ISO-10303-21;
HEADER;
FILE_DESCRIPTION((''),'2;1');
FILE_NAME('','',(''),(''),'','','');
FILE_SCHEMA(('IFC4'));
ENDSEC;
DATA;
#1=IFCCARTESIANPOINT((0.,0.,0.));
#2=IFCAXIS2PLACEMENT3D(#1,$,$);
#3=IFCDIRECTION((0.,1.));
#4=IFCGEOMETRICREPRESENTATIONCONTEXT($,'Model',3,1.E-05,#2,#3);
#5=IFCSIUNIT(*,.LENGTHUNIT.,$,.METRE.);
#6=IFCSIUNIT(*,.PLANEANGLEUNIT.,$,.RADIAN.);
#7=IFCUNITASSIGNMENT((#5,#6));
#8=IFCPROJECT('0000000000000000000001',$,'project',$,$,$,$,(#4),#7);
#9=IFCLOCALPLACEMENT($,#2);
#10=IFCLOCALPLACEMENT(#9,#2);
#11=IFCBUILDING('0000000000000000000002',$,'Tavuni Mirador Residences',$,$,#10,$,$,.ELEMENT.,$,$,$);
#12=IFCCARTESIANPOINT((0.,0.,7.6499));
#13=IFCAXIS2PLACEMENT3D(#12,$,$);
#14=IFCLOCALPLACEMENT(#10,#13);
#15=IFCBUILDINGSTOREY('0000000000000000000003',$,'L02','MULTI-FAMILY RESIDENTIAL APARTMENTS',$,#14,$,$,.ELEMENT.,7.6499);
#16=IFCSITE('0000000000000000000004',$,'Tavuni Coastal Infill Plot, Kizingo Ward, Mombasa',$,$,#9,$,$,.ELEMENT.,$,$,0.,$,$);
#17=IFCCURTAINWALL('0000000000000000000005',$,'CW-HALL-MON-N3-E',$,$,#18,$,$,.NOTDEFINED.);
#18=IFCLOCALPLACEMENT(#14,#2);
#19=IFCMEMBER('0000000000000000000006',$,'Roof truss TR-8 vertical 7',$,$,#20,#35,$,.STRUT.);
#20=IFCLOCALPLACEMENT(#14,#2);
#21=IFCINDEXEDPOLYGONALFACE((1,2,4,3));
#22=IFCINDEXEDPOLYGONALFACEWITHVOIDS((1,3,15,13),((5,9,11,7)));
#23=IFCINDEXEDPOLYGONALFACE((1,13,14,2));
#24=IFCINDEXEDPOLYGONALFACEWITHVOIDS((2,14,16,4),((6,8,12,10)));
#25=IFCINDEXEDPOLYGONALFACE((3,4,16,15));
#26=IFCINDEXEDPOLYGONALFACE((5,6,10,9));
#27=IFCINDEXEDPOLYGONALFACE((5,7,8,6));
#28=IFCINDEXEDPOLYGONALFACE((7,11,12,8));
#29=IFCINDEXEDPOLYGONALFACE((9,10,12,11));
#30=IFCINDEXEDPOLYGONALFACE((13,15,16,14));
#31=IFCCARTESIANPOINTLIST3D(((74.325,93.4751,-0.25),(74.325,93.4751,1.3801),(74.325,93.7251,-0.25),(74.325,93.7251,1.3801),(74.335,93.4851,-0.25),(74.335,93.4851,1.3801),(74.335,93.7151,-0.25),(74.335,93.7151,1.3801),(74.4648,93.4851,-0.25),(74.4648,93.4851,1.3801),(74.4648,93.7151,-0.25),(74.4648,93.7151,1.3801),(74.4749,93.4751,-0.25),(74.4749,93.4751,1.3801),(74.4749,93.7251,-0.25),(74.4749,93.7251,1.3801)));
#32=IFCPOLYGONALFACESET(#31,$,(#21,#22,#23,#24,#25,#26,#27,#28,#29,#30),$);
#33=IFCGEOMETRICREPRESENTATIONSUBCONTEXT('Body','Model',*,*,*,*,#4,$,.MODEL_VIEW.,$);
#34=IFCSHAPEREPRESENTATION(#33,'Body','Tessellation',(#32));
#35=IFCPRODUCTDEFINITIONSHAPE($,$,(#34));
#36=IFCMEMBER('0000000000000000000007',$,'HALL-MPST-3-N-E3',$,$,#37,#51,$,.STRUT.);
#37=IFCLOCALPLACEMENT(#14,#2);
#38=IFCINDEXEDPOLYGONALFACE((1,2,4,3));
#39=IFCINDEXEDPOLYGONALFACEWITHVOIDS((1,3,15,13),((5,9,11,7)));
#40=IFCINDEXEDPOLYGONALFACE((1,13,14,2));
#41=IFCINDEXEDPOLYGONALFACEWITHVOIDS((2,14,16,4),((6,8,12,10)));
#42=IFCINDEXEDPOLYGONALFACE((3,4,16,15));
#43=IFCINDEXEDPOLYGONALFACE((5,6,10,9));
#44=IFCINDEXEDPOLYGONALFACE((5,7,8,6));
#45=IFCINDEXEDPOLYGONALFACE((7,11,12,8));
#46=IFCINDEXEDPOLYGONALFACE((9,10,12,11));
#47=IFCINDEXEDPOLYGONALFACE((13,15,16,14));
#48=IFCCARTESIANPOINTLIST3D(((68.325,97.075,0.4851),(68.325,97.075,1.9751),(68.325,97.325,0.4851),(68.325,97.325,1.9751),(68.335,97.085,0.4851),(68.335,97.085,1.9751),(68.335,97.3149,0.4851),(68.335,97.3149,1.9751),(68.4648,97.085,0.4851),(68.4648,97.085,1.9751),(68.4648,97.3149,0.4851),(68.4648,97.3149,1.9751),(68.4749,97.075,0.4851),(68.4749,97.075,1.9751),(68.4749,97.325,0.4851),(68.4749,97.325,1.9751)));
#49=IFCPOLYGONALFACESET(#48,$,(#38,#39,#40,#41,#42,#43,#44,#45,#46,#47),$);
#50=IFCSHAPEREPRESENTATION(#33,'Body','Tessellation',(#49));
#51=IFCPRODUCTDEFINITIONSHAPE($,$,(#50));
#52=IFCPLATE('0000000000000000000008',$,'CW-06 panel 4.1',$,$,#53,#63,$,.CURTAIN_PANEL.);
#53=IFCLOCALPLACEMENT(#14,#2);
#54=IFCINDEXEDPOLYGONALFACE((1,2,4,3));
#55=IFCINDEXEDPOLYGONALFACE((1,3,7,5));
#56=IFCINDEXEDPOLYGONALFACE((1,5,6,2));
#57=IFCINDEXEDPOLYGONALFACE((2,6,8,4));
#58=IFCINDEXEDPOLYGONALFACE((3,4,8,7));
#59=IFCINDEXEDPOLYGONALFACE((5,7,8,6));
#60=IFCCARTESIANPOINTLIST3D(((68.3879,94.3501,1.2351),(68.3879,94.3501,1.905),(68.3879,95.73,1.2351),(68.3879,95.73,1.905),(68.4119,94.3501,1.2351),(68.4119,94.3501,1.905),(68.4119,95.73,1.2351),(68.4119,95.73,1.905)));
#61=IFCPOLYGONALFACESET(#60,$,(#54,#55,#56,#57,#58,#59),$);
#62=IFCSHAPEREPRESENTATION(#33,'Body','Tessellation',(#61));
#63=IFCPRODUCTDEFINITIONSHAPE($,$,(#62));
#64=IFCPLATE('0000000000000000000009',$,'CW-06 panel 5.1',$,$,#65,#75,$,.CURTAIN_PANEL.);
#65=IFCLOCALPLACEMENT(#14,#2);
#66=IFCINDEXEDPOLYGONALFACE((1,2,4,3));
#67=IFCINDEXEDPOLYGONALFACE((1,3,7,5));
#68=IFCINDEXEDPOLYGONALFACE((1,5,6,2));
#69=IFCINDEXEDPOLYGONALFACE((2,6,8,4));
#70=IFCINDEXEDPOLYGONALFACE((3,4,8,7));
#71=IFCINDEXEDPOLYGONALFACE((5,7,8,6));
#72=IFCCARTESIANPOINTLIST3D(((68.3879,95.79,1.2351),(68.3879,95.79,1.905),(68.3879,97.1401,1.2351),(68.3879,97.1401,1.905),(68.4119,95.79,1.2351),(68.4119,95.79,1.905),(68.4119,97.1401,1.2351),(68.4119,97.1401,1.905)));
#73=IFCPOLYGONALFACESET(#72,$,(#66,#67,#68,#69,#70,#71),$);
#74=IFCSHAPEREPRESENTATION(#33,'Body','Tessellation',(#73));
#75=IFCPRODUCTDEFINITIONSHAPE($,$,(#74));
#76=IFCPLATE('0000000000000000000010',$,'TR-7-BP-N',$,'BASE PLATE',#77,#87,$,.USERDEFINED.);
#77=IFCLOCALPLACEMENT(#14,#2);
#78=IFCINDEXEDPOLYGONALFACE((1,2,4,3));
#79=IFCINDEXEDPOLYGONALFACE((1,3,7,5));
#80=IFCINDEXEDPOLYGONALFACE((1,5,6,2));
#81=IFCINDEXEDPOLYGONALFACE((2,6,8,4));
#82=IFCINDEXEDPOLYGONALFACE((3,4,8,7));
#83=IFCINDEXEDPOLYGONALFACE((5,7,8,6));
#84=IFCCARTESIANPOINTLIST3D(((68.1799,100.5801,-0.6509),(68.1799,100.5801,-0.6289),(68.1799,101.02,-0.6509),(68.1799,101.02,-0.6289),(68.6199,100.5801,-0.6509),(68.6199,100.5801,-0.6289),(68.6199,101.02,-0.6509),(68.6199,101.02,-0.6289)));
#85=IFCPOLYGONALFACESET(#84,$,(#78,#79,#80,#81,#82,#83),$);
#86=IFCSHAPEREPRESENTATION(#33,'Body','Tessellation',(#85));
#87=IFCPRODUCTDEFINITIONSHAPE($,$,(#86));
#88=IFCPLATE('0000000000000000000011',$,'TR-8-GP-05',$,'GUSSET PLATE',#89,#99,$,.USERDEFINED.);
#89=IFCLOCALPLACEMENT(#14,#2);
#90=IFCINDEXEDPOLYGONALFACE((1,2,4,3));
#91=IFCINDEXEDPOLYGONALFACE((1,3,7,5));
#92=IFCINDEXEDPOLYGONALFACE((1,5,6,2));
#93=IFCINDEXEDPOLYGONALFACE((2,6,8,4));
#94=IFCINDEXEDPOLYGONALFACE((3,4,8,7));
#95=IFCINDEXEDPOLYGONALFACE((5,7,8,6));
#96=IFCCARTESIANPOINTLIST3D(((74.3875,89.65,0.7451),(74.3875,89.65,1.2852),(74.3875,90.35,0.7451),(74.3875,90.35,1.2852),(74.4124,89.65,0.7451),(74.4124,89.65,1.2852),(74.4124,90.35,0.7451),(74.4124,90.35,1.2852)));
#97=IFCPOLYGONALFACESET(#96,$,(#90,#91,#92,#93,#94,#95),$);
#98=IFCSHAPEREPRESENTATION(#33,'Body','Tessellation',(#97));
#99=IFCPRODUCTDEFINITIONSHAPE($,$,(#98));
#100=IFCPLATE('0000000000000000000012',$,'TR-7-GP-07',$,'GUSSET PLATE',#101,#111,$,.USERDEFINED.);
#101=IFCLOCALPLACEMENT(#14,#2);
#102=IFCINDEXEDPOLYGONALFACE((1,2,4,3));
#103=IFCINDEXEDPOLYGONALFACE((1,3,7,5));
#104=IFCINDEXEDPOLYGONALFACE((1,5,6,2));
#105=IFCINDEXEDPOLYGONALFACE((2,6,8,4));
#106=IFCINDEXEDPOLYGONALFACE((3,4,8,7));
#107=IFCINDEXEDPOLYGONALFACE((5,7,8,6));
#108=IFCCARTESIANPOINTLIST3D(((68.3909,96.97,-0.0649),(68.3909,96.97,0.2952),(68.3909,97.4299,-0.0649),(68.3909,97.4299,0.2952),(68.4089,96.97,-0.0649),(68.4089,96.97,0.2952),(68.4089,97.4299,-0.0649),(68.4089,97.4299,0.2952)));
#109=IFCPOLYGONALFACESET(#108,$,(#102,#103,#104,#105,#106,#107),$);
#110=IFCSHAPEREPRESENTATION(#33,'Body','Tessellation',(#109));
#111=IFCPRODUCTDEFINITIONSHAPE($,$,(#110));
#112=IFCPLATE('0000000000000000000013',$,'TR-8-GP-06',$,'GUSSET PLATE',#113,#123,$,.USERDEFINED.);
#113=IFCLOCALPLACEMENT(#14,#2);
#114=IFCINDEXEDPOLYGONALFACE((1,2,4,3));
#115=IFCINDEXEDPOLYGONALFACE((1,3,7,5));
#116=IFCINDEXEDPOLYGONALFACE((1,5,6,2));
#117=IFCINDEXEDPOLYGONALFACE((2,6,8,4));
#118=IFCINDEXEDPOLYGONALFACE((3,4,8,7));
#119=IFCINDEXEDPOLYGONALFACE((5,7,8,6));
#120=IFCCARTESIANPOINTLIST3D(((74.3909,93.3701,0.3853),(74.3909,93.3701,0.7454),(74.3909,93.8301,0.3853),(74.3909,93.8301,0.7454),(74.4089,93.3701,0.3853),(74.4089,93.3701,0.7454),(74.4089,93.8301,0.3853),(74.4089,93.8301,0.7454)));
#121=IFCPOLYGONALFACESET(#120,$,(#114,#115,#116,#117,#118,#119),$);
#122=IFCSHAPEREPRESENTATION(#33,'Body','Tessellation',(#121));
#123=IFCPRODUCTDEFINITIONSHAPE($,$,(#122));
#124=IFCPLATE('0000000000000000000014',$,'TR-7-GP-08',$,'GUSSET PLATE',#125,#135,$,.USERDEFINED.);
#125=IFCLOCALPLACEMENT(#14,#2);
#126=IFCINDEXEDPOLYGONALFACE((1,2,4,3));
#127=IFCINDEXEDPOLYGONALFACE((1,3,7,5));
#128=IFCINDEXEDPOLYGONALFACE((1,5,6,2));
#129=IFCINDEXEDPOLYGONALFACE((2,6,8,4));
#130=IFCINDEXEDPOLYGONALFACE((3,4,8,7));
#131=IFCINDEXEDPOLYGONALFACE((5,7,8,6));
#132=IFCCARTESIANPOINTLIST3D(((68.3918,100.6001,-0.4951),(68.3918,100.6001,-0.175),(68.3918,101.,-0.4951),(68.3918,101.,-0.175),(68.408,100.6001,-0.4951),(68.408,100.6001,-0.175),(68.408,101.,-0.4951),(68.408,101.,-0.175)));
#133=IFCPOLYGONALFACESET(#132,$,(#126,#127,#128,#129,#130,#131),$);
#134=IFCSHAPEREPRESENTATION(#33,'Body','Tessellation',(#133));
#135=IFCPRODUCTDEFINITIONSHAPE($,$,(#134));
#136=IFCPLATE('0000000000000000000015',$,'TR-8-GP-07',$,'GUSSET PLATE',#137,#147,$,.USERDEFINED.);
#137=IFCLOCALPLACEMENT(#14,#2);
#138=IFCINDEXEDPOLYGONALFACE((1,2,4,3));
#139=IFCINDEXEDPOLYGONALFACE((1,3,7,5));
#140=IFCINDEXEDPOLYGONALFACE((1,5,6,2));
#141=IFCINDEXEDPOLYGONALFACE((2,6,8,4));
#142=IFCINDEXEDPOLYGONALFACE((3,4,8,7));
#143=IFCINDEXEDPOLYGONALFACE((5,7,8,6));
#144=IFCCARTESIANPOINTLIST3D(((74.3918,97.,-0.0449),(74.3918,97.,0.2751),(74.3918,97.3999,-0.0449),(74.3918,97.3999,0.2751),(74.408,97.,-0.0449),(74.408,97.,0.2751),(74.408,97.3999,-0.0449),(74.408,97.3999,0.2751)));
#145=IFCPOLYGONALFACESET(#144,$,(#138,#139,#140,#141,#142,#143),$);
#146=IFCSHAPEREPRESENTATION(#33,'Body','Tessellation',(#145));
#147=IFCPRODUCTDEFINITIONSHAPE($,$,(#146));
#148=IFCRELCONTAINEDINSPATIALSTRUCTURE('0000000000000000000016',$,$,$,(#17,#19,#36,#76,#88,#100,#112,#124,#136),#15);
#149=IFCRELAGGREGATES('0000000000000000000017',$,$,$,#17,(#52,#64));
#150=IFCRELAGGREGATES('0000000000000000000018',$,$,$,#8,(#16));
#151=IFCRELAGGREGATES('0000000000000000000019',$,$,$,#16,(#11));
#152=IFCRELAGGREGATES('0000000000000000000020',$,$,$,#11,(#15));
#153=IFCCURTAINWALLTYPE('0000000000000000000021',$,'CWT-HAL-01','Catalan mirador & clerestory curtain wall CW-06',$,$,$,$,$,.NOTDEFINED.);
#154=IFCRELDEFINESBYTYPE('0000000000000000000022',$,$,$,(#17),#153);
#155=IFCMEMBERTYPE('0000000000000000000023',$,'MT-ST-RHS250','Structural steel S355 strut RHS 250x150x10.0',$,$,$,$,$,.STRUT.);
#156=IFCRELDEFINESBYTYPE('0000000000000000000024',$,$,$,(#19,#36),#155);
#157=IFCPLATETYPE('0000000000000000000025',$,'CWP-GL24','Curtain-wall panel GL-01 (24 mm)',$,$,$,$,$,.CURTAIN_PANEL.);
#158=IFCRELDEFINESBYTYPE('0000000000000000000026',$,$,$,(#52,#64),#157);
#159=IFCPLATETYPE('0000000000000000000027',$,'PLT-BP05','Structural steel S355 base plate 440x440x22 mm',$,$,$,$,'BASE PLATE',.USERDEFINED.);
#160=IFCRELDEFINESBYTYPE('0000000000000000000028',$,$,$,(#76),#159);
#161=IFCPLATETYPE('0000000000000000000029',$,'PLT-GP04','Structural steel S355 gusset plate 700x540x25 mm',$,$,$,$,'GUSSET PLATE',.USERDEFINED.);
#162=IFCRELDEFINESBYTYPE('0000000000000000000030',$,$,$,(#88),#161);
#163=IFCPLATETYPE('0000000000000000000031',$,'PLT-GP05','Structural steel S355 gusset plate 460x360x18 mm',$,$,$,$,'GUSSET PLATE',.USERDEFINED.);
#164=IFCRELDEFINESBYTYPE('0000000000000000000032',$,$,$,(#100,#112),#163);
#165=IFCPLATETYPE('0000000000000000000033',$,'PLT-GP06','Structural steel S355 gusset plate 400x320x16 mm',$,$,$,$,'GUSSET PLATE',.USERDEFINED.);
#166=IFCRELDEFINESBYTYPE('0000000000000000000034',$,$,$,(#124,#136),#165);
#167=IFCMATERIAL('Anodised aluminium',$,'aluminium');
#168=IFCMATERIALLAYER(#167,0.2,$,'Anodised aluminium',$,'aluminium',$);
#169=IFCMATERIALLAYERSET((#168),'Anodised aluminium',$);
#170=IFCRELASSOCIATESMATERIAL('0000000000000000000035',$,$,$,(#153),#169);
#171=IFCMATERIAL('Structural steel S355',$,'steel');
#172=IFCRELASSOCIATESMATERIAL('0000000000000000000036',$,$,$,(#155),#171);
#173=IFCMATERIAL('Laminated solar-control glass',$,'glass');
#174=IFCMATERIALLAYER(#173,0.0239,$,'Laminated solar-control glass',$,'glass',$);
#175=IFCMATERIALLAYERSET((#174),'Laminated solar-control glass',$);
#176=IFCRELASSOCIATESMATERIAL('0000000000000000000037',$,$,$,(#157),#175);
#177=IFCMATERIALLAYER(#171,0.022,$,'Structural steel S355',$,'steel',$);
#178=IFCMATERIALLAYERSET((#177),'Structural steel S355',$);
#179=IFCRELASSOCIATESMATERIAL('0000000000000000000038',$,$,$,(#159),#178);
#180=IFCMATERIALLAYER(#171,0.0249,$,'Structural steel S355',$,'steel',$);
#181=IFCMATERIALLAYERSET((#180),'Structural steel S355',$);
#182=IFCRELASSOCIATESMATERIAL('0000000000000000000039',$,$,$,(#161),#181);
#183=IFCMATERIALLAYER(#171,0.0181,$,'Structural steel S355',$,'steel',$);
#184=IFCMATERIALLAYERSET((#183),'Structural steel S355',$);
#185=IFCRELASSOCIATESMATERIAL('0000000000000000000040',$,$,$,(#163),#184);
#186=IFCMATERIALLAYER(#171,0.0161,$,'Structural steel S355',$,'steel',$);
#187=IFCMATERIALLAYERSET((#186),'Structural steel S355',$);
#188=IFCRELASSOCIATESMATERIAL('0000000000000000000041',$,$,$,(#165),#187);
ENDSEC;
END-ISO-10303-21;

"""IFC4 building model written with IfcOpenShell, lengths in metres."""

from ifc_helpers import new_model, si_unit, direction, frame, origin, origin_2d, place, context, subcontext, project, spatial, rectangle, hollow_rectangle, extrude, material, layer, layer_set, material_profile, profile_set, type_object, element, aggregate, save


model = new_model("IFC4")

# Units and contexts
model_context = context("Model", 3, precision=1e-05, world=origin(), true_north=direction((0.0, 1.0)))
body_context = subcontext(model_context, "Body", "Model", "MODEL_VIEW")
ifc_project = project(units=[si_unit("LENGTHUNIT", "METRE"), si_unit("PLANEANGLEUNIT", "RADIAN")], contexts=[model_context])

# Site, building, storey
site_placement = place(None, origin())
site = spatial("IfcSite", under=ifc_project, at=site_placement, Name="Tavuni Coastal Infill Plot, Kizingo Ward, Mombasa", CompositionType="ELEMENT", RefElevation=0.0)
building_placement = place(site_placement, origin())
building = spatial("IfcBuilding", under=site, at=building_placement, Name="Tavuni Mirador Residences", CompositionType="ELEMENT")
storey_placement = place(building_placement, frame((0.0, 0.0, 7.6499)))
storey = spatial("IfcBuildingStorey", under=building, at=storey_placement, Name="L02", Description="MULTI-FAMILY RESIDENTIAL APARTMENTS", CompositionType="ELEMENT", Elevation=7.6499)

# Curtain wall
ifc_material_1 = material(Name="Anodised aluminium", Category="aluminium")
ifc_layer_1 = layer(ifc_material_1, 0.2, Name="Anodised aluminium", Category="aluminium")
ifc_layer_set_1 = layer_set([ifc_layer_1], Name="Anodised aluminium")
curtain_wall_type = type_object("IfcCurtainWallType", Name="CWT-HAL-01", Description="Catalan mirador & clerestory curtain wall CW-06", PredefinedType="NOTDEFINED", material=ifc_layer_set_1)
curtain_wall_placement = place(storey_placement, origin())
curtain_wall = element("IfcCurtainWall", 1, at=curtain_wall_placement, inside=storey, type_object=curtain_wall_type, Name="CW-HALL-MON-N3-E", PredefinedType="NOTDEFINED")

# Members
ifc_material_2 = material(Name="Structural steel S355", Category="steel")
ifc_material_profile_1 = material_profile(ifc_material_2, hollow_rectangle(XDim=0.1499, YDim=0.25, WallThickness=0.01, at=origin_2d()), Name="RHS 250x150x10.0", Category="steel")
ifc_profile_set_1 = profile_set([ifc_material_profile_1], Name="Structural steel S355")
member_type_1 = type_object("IfcMemberType", Name="MT-ST-RHS250", Description="Structural steel S355 strut RHS 250x150x10.0", PredefinedType="STRUT", material=ifc_profile_set_1)
member_1_placement = place(storey_placement, frame((74.3999, 93.6001, -0.25), z_axis=(0.0, 0.0, 1.0), x_axis=(1.0, 0.0, 0.0)))
element("IfcMember", 2, at=member_1_placement, inside=storey, type_object=member_type_1, Name="Roof truss TR-8 vertical 7", PredefinedType="STRUT", context=body_context, shape_type="SweptSolid", body=[
    extrude(hollow_rectangle(XDim=0.1499, YDim=0.25, WallThickness=0.01, at=origin_2d()), origin(), (0.0, 0.0, 1.0), 1.6301),
])
member_2_placement = place(storey_placement, frame((68.3999, 97.2, 0.4851), z_axis=(0.0, 0.0, 1.0), x_axis=(1.0, 0.0, 0.0)))
element("IfcMember", 3, at=member_2_placement, inside=storey, type_object=member_type_1, Name="HALL-MPST-3-N-E3", PredefinedType="STRUT", context=body_context, shape_type="SweptSolid", body=[
    extrude(hollow_rectangle(XDim=0.1499, YDim=0.25, WallThickness=0.01, at=origin_2d()), origin(), (0.0, 0.0, 1.0), 1.49),
])

# Plates
ifc_material_3 = material(Name="Laminated solar-control glass", Category="glass")
ifc_layer_2 = layer(ifc_material_3, 0.0239, Name="Laminated solar-control glass", Category="glass")
ifc_layer_set_2 = layer_set([ifc_layer_2], Name="Laminated solar-control glass")
plate_type_1 = type_object("IfcPlateType", Name="CWP-GL24", Description="Curtain-wall panel GL-01 (24 mm)", PredefinedType="CURTAIN_PANEL", material=ifc_layer_set_2)
plate_1_placement = place(storey_placement, frame((68.3999, 95.04, 1.2351), z_axis=(0.0, 0.0, 1.0), x_axis=(0.0, 1.0, 0.0)))
plate_1 = element("IfcPlate", 4, at=plate_1_placement, type_object=plate_type_1, Name="CW-06 panel 4.1", PredefinedType="CURTAIN_PANEL", context=body_context, shape_type="SweptSolid", body=[
    extrude(rectangle(XDim=1.3799, YDim=0.0239, at=origin_2d()), origin(), (0.0, 0.0, 1.0), 0.6699),
])
plate_2_placement = place(storey_placement, frame((68.3999, 96.4651, 1.2351), z_axis=(0.0, 0.0, 1.0), x_axis=(0.0, 1.0, 0.0)))
plate_2 = element("IfcPlate", 5, at=plate_2_placement, type_object=plate_type_1, Name="CW-06 panel 5.1", PredefinedType="CURTAIN_PANEL", context=body_context, shape_type="SweptSolid", body=[
    extrude(rectangle(XDim=1.3501, YDim=0.0239, at=origin_2d()), origin(), (0.0, 0.0, 1.0), 0.6699),
])
aggregate(curtain_wall, [plate_1, plate_2])

# Plates
ifc_layer_3 = layer(ifc_material_2, 0.022, Name="Structural steel S355", Category="steel")
ifc_layer_set_3 = layer_set([ifc_layer_3], Name="Structural steel S355")
plate_type_2 = type_object("IfcPlateType", Name="PLT-BP05", Description="Structural steel S355 base plate 440x440x22 mm", ElementType="BASE PLATE", PredefinedType="USERDEFINED", material=ifc_layer_set_3)
plate_3_placement = place(storey_placement, frame((68.3999, 100.8, -0.6509), z_axis=(0.0, 0.0, 1.0), x_axis=(1.0, 0.0, 0.0)))
element("IfcPlate", 6, at=plate_3_placement, inside=storey, type_object=plate_type_2, Name="TR-7-BP-N", ObjectType="BASE PLATE", PredefinedType="USERDEFINED", context=body_context, shape_type="SweptSolid", body=[
    extrude(rectangle(XDim=0.4399, YDim=0.4399, at=origin_2d()), origin(), (0.0, 0.0, 1.0), 0.022),
])
ifc_layer_4 = layer(ifc_material_2, 0.0249, Name="Structural steel S355", Category="steel")
ifc_layer_set_4 = layer_set([ifc_layer_4], Name="Structural steel S355")
plate_type_3 = type_object("IfcPlateType", Name="PLT-GP04", Description="Structural steel S355 gusset plate 700x540x25 mm", ElementType="GUSSET PLATE", PredefinedType="USERDEFINED", material=ifc_layer_set_4)
plate_4_placement = place(storey_placement, frame((74.3999, 90.0, 0.7451), z_axis=(0.0, 0.0, 1.0), x_axis=(0.0, 1.0, 0.0)))
element("IfcPlate", 7, at=plate_4_placement, inside=storey, type_object=plate_type_3, Name="TR-8-GP-05", ObjectType="GUSSET PLATE", PredefinedType="USERDEFINED", context=body_context, shape_type="SweptSolid", body=[
    extrude(rectangle(XDim=0.7, YDim=0.0249, at=origin_2d()), origin(), (0.0, 0.0, 1.0), 0.54),
])
ifc_layer_5 = layer(ifc_material_2, 0.0181, Name="Structural steel S355", Category="steel")
ifc_layer_set_5 = layer_set([ifc_layer_5], Name="Structural steel S355")
plate_type_4 = type_object("IfcPlateType", Name="PLT-GP05", Description="Structural steel S355 gusset plate 460x360x18 mm", ElementType="GUSSET PLATE", PredefinedType="USERDEFINED", material=ifc_layer_set_5)
for number, where, z_axis, x_axis, name in (
    (8, (68.3999, 97.2, -0.0649), (0.0, 0.0, 1.0), (0.0, 1.0, 0.0), "TR-7-GP-07"),
    (9, (74.3999, 93.6001, 0.3853), (0.0, 0.0, 1.0), (0.0, 1.0, 0.0), "TR-8-GP-06"),
):
    element("IfcPlate", number, at=place(storey_placement, frame(where, z_axis=z_axis, x_axis=x_axis)), inside=storey, type_object=plate_type_4, Name=name, ObjectType="GUSSET PLATE", PredefinedType="USERDEFINED", context=body_context, shape_type="SweptSolid", body=[
        extrude(rectangle(XDim=0.46, YDim=0.0181, at=origin_2d()), origin(), (0.0, 0.0, 1.0), 0.3601),
    ])
ifc_layer_6 = layer(ifc_material_2, 0.0161, Name="Structural steel S355", Category="steel")
ifc_layer_set_6 = layer_set([ifc_layer_6], Name="Structural steel S355")
plate_type_5 = type_object("IfcPlateType", Name="PLT-GP06", Description="Structural steel S355 gusset plate 400x320x16 mm", ElementType="GUSSET PLATE", PredefinedType="USERDEFINED", material=ifc_layer_set_6)
for number, where, z_axis, x_axis, name in (
    (10, (68.3999, 100.8, -0.4951), (0.0, 0.0, 1.0), (0.0, 1.0, 0.0), "TR-7-GP-08"),
    (11, (74.3999, 97.2, -0.0449), (0.0, 0.0, 1.0), (0.0, 1.0, 0.0), "TR-8-GP-07"),
):
    element("IfcPlate", number, at=place(storey_placement, frame(where, z_axis=z_axis, x_axis=x_axis)), inside=storey, type_object=plate_type_5, Name=name, ObjectType="GUSSET PLATE", PredefinedType="USERDEFINED", context=body_context, shape_type="SweptSolid", body=[
        extrude(rectangle(XDim=0.3999, YDim=0.0161, at=origin_2d()), origin(), (0.0, 0.0, 1.0), 0.3201),
    ])

save(model, "model.ifc")
